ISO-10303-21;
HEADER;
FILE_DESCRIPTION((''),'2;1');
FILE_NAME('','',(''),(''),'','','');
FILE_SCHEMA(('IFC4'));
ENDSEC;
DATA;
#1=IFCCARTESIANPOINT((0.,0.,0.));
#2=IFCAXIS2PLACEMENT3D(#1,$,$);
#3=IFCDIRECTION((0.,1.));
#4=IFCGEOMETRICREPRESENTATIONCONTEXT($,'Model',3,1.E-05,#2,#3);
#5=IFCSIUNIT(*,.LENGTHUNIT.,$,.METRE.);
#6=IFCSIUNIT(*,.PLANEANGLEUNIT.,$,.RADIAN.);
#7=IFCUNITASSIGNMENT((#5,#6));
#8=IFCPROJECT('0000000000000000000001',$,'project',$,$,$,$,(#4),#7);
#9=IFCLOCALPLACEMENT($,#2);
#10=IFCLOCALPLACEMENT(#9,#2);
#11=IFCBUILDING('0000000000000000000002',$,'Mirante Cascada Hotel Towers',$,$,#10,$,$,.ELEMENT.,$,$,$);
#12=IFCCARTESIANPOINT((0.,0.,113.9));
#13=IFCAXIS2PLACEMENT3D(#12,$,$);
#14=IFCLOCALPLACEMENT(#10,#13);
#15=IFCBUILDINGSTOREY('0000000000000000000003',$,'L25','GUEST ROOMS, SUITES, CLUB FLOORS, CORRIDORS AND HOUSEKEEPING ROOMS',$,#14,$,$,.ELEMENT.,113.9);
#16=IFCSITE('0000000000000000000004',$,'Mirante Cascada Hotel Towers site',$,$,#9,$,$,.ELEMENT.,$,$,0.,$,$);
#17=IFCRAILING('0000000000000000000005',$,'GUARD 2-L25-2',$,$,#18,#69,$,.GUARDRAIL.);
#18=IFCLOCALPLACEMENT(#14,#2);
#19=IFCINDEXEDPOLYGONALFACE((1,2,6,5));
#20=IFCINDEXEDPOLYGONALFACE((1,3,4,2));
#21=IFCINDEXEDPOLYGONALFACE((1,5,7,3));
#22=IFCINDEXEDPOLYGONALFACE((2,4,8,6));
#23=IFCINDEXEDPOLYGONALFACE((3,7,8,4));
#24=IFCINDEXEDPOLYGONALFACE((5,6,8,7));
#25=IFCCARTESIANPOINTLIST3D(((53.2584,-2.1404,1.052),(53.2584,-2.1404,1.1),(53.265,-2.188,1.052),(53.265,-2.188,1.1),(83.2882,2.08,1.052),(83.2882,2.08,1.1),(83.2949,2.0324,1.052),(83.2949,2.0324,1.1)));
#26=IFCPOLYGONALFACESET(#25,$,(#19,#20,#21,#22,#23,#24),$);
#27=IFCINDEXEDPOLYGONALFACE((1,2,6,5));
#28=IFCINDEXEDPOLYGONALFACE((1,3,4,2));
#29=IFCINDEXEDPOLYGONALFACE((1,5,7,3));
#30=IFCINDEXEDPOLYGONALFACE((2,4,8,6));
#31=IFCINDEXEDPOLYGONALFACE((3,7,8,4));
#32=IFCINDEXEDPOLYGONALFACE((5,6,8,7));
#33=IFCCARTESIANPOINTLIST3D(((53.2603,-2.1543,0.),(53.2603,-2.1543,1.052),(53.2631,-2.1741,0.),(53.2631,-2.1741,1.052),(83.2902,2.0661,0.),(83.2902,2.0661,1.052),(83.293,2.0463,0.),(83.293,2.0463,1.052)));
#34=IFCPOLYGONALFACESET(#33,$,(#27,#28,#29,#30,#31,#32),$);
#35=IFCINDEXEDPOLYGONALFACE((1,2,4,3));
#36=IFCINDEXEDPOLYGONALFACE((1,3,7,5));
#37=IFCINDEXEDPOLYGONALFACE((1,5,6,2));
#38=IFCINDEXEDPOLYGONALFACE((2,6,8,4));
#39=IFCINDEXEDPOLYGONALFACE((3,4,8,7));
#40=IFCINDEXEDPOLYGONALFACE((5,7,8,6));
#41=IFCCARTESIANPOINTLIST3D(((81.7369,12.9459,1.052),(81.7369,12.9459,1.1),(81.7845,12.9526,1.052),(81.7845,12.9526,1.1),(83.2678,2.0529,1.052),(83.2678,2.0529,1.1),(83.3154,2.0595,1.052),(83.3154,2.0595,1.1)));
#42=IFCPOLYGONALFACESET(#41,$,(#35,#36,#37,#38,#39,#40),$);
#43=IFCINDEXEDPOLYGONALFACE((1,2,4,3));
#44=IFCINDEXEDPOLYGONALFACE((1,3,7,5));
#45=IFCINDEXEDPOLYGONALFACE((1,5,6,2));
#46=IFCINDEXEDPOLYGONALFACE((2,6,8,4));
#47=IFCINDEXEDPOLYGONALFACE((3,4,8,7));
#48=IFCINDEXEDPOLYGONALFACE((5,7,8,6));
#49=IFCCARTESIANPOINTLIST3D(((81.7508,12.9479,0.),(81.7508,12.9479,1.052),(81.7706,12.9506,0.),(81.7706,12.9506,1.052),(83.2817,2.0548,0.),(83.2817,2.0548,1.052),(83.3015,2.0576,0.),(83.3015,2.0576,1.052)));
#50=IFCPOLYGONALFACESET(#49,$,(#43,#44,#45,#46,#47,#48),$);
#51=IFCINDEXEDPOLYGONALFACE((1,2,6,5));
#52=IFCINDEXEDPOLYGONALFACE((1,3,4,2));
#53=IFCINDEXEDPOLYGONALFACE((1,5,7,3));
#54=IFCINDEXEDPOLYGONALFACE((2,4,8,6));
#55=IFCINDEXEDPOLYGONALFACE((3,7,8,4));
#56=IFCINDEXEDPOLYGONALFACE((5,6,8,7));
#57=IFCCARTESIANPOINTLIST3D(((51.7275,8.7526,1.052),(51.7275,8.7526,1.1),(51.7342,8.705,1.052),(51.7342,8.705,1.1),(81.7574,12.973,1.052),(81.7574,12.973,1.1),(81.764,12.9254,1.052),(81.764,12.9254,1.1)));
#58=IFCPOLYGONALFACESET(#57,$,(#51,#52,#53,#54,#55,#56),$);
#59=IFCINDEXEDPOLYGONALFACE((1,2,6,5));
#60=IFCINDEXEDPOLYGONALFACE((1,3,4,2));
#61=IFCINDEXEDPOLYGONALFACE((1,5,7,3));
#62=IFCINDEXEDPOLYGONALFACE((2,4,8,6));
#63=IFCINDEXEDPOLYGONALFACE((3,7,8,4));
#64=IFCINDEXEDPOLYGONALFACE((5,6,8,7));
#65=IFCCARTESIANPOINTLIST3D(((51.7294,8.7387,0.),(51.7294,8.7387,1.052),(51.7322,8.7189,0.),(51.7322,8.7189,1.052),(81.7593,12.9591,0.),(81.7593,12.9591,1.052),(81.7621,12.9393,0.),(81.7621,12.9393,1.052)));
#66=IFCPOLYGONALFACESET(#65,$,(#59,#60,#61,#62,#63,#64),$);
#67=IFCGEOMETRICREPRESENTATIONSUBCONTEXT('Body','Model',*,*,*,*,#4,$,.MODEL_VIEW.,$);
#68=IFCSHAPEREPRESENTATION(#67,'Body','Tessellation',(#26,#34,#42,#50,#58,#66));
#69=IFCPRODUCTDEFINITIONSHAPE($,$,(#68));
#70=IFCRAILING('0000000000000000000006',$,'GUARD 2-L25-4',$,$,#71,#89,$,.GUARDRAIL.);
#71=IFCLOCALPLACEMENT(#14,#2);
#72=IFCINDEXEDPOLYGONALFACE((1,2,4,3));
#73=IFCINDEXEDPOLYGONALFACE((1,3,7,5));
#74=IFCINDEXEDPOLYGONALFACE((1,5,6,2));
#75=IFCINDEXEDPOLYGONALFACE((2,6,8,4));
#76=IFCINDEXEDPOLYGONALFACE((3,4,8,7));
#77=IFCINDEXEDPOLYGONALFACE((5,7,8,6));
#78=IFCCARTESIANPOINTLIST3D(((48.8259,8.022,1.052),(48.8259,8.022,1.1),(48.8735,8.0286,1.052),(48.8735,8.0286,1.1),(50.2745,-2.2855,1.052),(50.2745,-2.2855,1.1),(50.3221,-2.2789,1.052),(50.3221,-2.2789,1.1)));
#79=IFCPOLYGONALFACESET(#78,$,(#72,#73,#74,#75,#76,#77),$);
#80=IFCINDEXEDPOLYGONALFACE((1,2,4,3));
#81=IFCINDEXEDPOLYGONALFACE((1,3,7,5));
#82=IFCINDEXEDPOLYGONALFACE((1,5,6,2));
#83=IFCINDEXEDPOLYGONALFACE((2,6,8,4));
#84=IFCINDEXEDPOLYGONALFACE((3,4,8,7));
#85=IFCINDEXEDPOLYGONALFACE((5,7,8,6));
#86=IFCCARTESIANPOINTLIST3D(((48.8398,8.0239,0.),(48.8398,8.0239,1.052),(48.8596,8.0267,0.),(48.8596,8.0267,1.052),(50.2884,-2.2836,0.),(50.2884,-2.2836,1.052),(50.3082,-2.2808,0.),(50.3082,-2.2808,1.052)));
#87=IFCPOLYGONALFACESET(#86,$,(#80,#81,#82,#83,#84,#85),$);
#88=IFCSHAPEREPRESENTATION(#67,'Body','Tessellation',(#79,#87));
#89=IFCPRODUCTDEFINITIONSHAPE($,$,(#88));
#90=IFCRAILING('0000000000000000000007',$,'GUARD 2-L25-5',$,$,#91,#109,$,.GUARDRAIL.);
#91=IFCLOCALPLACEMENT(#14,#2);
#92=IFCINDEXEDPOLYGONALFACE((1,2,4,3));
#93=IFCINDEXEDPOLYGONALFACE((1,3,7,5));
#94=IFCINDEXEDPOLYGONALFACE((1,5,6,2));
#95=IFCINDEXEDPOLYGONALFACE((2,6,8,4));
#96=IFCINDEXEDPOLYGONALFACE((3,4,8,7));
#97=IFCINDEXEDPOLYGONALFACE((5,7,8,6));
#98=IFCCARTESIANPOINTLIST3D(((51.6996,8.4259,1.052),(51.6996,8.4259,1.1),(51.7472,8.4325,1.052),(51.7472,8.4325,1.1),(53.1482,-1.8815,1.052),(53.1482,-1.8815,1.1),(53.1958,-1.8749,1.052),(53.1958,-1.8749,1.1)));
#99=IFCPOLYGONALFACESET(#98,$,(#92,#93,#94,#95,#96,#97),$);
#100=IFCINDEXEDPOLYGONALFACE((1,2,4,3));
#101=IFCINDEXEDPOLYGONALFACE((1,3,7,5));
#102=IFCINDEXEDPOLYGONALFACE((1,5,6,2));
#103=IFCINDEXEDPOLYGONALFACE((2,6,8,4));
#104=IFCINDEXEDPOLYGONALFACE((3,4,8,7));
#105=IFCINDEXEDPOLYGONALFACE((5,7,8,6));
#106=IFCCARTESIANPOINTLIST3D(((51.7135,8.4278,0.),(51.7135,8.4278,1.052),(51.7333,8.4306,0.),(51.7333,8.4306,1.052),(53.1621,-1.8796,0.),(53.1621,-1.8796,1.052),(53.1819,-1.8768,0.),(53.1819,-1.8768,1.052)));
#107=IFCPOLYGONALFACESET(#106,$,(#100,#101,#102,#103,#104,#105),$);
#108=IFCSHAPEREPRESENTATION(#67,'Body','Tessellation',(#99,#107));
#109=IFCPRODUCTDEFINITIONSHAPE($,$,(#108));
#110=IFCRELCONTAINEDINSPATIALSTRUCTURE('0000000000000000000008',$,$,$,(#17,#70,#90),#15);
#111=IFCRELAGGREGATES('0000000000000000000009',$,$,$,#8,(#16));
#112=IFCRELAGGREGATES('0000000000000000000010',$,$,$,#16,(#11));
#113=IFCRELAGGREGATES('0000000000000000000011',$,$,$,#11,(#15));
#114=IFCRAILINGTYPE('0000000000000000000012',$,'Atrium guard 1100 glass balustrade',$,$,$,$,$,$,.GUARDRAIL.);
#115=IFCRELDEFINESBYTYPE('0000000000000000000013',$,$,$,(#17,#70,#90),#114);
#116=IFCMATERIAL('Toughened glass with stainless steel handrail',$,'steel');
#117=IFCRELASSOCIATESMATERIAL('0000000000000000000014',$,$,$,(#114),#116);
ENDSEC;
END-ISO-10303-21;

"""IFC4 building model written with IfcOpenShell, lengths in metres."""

from ifc_helpers import new_model, si_unit, direction, frame, origin, origin_2d, place, context, subcontext, project, spatial, rectangle, extrude, material, type_object, element, save


model = new_model("IFC4")

# Units and contexts
model_context = context("Model", 3, precision=1e-05, world=origin(), true_north=direction((0.0, 1.0)))
body_context = subcontext(model_context, "Body", "Model", "MODEL_VIEW")
ifc_project = project(units=[si_unit("LENGTHUNIT", "METRE"), si_unit("PLANEANGLEUNIT", "RADIAN")], contexts=[model_context])

# Site, building, storey
site_placement = place(None, origin())
site = spatial("IfcSite", under=ifc_project, at=site_placement, Name="Mirante Cascada Hotel Towers site", CompositionType="ELEMENT", RefElevation=0.0)
building_placement = place(site_placement, origin())
building = spatial("IfcBuilding", under=site, at=building_placement, Name="Mirante Cascada Hotel Towers", CompositionType="ELEMENT")
storey_placement = place(building_placement, frame((0.0, 0.0, 113.9)))
storey = spatial("IfcBuildingStorey", under=building, at=storey_placement, Name="L25", Description="GUEST ROOMS, SUITES, CLUB FLOORS, CORRIDORS AND HOUSEKEEPING ROOMS", CompositionType="ELEMENT", Elevation=113.9)

# Railings
ifc_material_1 = material(Name="Toughened glass with stainless steel handrail", Category="steel")
railing_type = type_object("IfcRailingType", Name="Atrium guard 1100 glass balustrade", PredefinedType="GUARDRAIL", material=ifc_material_1)
railing_1_placement = place(storey_placement, frame((53.2617, -2.1642, 0.0)))
element("IfcRailing", 1, at=railing_1_placement, inside=storey, type_object=railing_type, Name="GUARD 2-L25-2", PredefinedType="GUARDRAIL", context=body_context, shape_type="SweptSolid", body=[
    extrude(rectangle(XDim=0.048, YDim=0.048, at=origin_2d()), frame((0.0, 0.0, 1.076), z_axis=(0.990268, 0.139172, 0.0), x_axis=(-0.139172, 0.990268, 0.0)), (0.0, 0.0, 1.0), 30.325),
    extrude(rectangle(XDim=0.02, YDim=1.052, at=origin_2d()), frame((0.0, 0.0, 0.526), z_axis=(0.990268, 0.139172, 0.0), x_axis=(-0.139172, 0.990268, 0.0)), (0.0, 0.0, 1.0), 30.325),
    extrude(rectangle(XDim=0.048, YDim=0.048, at=origin_2d()), frame((30.0299, 4.2204, 1.076), z_axis=(-0.139172, 0.990268, 0.0), x_axis=(-0.990268, -0.139172, 0.0)), (0.0, 0.0, 1.0), 11.0001),
    extrude(rectangle(XDim=0.02, YDim=1.052, at=origin_2d()), frame((30.0299, 4.2204, 0.526), z_axis=(-0.139172, 0.990268, 0.0), x_axis=(-0.990268, -0.139172, 0.0)), (0.0, 0.0, 1.0), 11.0001),
    extrude(rectangle(XDim=0.048, YDim=0.048, at=origin_2d()), frame((28.499, 15.1134, 1.076), z_axis=(-0.990268, -0.139172, 0.0), x_axis=(0.139172, -0.990268, 0.0)), (0.0, 0.0, 1.0), 30.325),
    extrude(rectangle(XDim=0.02, YDim=1.052, at=origin_2d()), frame((28.499, 15.1134, 0.526), z_axis=(-0.990268, -0.139172, 0.0), x_axis=(0.139172, -0.990268, 0.0)), (0.0, 0.0, 1.0), 30.325),
])
railing_2_placement = place(storey_placement, frame((50.2983, -2.2822, 0.0)))
element("IfcRailing", 2, at=railing_2_placement, inside=storey, type_object=railing_type, Name="GUARD 2-L25-4", PredefinedType="GUARDRAIL", context=body_context, shape_type="SweptSolid", body=[
    extrude(rectangle(XDim=0.048, YDim=0.048, at=origin_2d()), frame((0.0, 0.0, 1.076), z_axis=(-0.139171, 0.990268, 0.0), x_axis=(-0.990268, -0.139171, 0.0)), (0.0, 0.0, 1.0), 10.4088),
    extrude(rectangle(XDim=0.02, YDim=1.052, at=origin_2d()), frame((0.0, 0.0, 0.526), z_axis=(-0.139171, 0.990268, 0.0), x_axis=(-0.990268, -0.139171, 0.0)), (0.0, 0.0, 1.0), 10.4088),
])
railing_3_placement = place(storey_placement, frame((51.7234, 8.4292, 0.0)))
element("IfcRailing", 3, at=railing_3_placement, inside=storey, type_object=railing_type, Name="GUARD 2-L25-5", PredefinedType="GUARDRAIL", context=body_context, shape_type="SweptSolid", body=[
    extrude(rectangle(XDim=0.048, YDim=0.048, at=origin_2d()), frame((0.0, 0.0, 1.076), z_axis=(0.139172, -0.990268, 0.0), x_axis=(0.990268, 0.139172, 0.0)), (0.0, 0.0, 1.0), 10.4087),
    extrude(rectangle(XDim=0.02, YDim=1.052, at=origin_2d()), frame((0.0, 0.0, 0.526), z_axis=(0.139172, -0.990268, 0.0), x_axis=(0.990268, 0.139172, 0.0)), (0.0, 0.0, 1.0), 10.4087),
])

save(model, "model.ifc")
